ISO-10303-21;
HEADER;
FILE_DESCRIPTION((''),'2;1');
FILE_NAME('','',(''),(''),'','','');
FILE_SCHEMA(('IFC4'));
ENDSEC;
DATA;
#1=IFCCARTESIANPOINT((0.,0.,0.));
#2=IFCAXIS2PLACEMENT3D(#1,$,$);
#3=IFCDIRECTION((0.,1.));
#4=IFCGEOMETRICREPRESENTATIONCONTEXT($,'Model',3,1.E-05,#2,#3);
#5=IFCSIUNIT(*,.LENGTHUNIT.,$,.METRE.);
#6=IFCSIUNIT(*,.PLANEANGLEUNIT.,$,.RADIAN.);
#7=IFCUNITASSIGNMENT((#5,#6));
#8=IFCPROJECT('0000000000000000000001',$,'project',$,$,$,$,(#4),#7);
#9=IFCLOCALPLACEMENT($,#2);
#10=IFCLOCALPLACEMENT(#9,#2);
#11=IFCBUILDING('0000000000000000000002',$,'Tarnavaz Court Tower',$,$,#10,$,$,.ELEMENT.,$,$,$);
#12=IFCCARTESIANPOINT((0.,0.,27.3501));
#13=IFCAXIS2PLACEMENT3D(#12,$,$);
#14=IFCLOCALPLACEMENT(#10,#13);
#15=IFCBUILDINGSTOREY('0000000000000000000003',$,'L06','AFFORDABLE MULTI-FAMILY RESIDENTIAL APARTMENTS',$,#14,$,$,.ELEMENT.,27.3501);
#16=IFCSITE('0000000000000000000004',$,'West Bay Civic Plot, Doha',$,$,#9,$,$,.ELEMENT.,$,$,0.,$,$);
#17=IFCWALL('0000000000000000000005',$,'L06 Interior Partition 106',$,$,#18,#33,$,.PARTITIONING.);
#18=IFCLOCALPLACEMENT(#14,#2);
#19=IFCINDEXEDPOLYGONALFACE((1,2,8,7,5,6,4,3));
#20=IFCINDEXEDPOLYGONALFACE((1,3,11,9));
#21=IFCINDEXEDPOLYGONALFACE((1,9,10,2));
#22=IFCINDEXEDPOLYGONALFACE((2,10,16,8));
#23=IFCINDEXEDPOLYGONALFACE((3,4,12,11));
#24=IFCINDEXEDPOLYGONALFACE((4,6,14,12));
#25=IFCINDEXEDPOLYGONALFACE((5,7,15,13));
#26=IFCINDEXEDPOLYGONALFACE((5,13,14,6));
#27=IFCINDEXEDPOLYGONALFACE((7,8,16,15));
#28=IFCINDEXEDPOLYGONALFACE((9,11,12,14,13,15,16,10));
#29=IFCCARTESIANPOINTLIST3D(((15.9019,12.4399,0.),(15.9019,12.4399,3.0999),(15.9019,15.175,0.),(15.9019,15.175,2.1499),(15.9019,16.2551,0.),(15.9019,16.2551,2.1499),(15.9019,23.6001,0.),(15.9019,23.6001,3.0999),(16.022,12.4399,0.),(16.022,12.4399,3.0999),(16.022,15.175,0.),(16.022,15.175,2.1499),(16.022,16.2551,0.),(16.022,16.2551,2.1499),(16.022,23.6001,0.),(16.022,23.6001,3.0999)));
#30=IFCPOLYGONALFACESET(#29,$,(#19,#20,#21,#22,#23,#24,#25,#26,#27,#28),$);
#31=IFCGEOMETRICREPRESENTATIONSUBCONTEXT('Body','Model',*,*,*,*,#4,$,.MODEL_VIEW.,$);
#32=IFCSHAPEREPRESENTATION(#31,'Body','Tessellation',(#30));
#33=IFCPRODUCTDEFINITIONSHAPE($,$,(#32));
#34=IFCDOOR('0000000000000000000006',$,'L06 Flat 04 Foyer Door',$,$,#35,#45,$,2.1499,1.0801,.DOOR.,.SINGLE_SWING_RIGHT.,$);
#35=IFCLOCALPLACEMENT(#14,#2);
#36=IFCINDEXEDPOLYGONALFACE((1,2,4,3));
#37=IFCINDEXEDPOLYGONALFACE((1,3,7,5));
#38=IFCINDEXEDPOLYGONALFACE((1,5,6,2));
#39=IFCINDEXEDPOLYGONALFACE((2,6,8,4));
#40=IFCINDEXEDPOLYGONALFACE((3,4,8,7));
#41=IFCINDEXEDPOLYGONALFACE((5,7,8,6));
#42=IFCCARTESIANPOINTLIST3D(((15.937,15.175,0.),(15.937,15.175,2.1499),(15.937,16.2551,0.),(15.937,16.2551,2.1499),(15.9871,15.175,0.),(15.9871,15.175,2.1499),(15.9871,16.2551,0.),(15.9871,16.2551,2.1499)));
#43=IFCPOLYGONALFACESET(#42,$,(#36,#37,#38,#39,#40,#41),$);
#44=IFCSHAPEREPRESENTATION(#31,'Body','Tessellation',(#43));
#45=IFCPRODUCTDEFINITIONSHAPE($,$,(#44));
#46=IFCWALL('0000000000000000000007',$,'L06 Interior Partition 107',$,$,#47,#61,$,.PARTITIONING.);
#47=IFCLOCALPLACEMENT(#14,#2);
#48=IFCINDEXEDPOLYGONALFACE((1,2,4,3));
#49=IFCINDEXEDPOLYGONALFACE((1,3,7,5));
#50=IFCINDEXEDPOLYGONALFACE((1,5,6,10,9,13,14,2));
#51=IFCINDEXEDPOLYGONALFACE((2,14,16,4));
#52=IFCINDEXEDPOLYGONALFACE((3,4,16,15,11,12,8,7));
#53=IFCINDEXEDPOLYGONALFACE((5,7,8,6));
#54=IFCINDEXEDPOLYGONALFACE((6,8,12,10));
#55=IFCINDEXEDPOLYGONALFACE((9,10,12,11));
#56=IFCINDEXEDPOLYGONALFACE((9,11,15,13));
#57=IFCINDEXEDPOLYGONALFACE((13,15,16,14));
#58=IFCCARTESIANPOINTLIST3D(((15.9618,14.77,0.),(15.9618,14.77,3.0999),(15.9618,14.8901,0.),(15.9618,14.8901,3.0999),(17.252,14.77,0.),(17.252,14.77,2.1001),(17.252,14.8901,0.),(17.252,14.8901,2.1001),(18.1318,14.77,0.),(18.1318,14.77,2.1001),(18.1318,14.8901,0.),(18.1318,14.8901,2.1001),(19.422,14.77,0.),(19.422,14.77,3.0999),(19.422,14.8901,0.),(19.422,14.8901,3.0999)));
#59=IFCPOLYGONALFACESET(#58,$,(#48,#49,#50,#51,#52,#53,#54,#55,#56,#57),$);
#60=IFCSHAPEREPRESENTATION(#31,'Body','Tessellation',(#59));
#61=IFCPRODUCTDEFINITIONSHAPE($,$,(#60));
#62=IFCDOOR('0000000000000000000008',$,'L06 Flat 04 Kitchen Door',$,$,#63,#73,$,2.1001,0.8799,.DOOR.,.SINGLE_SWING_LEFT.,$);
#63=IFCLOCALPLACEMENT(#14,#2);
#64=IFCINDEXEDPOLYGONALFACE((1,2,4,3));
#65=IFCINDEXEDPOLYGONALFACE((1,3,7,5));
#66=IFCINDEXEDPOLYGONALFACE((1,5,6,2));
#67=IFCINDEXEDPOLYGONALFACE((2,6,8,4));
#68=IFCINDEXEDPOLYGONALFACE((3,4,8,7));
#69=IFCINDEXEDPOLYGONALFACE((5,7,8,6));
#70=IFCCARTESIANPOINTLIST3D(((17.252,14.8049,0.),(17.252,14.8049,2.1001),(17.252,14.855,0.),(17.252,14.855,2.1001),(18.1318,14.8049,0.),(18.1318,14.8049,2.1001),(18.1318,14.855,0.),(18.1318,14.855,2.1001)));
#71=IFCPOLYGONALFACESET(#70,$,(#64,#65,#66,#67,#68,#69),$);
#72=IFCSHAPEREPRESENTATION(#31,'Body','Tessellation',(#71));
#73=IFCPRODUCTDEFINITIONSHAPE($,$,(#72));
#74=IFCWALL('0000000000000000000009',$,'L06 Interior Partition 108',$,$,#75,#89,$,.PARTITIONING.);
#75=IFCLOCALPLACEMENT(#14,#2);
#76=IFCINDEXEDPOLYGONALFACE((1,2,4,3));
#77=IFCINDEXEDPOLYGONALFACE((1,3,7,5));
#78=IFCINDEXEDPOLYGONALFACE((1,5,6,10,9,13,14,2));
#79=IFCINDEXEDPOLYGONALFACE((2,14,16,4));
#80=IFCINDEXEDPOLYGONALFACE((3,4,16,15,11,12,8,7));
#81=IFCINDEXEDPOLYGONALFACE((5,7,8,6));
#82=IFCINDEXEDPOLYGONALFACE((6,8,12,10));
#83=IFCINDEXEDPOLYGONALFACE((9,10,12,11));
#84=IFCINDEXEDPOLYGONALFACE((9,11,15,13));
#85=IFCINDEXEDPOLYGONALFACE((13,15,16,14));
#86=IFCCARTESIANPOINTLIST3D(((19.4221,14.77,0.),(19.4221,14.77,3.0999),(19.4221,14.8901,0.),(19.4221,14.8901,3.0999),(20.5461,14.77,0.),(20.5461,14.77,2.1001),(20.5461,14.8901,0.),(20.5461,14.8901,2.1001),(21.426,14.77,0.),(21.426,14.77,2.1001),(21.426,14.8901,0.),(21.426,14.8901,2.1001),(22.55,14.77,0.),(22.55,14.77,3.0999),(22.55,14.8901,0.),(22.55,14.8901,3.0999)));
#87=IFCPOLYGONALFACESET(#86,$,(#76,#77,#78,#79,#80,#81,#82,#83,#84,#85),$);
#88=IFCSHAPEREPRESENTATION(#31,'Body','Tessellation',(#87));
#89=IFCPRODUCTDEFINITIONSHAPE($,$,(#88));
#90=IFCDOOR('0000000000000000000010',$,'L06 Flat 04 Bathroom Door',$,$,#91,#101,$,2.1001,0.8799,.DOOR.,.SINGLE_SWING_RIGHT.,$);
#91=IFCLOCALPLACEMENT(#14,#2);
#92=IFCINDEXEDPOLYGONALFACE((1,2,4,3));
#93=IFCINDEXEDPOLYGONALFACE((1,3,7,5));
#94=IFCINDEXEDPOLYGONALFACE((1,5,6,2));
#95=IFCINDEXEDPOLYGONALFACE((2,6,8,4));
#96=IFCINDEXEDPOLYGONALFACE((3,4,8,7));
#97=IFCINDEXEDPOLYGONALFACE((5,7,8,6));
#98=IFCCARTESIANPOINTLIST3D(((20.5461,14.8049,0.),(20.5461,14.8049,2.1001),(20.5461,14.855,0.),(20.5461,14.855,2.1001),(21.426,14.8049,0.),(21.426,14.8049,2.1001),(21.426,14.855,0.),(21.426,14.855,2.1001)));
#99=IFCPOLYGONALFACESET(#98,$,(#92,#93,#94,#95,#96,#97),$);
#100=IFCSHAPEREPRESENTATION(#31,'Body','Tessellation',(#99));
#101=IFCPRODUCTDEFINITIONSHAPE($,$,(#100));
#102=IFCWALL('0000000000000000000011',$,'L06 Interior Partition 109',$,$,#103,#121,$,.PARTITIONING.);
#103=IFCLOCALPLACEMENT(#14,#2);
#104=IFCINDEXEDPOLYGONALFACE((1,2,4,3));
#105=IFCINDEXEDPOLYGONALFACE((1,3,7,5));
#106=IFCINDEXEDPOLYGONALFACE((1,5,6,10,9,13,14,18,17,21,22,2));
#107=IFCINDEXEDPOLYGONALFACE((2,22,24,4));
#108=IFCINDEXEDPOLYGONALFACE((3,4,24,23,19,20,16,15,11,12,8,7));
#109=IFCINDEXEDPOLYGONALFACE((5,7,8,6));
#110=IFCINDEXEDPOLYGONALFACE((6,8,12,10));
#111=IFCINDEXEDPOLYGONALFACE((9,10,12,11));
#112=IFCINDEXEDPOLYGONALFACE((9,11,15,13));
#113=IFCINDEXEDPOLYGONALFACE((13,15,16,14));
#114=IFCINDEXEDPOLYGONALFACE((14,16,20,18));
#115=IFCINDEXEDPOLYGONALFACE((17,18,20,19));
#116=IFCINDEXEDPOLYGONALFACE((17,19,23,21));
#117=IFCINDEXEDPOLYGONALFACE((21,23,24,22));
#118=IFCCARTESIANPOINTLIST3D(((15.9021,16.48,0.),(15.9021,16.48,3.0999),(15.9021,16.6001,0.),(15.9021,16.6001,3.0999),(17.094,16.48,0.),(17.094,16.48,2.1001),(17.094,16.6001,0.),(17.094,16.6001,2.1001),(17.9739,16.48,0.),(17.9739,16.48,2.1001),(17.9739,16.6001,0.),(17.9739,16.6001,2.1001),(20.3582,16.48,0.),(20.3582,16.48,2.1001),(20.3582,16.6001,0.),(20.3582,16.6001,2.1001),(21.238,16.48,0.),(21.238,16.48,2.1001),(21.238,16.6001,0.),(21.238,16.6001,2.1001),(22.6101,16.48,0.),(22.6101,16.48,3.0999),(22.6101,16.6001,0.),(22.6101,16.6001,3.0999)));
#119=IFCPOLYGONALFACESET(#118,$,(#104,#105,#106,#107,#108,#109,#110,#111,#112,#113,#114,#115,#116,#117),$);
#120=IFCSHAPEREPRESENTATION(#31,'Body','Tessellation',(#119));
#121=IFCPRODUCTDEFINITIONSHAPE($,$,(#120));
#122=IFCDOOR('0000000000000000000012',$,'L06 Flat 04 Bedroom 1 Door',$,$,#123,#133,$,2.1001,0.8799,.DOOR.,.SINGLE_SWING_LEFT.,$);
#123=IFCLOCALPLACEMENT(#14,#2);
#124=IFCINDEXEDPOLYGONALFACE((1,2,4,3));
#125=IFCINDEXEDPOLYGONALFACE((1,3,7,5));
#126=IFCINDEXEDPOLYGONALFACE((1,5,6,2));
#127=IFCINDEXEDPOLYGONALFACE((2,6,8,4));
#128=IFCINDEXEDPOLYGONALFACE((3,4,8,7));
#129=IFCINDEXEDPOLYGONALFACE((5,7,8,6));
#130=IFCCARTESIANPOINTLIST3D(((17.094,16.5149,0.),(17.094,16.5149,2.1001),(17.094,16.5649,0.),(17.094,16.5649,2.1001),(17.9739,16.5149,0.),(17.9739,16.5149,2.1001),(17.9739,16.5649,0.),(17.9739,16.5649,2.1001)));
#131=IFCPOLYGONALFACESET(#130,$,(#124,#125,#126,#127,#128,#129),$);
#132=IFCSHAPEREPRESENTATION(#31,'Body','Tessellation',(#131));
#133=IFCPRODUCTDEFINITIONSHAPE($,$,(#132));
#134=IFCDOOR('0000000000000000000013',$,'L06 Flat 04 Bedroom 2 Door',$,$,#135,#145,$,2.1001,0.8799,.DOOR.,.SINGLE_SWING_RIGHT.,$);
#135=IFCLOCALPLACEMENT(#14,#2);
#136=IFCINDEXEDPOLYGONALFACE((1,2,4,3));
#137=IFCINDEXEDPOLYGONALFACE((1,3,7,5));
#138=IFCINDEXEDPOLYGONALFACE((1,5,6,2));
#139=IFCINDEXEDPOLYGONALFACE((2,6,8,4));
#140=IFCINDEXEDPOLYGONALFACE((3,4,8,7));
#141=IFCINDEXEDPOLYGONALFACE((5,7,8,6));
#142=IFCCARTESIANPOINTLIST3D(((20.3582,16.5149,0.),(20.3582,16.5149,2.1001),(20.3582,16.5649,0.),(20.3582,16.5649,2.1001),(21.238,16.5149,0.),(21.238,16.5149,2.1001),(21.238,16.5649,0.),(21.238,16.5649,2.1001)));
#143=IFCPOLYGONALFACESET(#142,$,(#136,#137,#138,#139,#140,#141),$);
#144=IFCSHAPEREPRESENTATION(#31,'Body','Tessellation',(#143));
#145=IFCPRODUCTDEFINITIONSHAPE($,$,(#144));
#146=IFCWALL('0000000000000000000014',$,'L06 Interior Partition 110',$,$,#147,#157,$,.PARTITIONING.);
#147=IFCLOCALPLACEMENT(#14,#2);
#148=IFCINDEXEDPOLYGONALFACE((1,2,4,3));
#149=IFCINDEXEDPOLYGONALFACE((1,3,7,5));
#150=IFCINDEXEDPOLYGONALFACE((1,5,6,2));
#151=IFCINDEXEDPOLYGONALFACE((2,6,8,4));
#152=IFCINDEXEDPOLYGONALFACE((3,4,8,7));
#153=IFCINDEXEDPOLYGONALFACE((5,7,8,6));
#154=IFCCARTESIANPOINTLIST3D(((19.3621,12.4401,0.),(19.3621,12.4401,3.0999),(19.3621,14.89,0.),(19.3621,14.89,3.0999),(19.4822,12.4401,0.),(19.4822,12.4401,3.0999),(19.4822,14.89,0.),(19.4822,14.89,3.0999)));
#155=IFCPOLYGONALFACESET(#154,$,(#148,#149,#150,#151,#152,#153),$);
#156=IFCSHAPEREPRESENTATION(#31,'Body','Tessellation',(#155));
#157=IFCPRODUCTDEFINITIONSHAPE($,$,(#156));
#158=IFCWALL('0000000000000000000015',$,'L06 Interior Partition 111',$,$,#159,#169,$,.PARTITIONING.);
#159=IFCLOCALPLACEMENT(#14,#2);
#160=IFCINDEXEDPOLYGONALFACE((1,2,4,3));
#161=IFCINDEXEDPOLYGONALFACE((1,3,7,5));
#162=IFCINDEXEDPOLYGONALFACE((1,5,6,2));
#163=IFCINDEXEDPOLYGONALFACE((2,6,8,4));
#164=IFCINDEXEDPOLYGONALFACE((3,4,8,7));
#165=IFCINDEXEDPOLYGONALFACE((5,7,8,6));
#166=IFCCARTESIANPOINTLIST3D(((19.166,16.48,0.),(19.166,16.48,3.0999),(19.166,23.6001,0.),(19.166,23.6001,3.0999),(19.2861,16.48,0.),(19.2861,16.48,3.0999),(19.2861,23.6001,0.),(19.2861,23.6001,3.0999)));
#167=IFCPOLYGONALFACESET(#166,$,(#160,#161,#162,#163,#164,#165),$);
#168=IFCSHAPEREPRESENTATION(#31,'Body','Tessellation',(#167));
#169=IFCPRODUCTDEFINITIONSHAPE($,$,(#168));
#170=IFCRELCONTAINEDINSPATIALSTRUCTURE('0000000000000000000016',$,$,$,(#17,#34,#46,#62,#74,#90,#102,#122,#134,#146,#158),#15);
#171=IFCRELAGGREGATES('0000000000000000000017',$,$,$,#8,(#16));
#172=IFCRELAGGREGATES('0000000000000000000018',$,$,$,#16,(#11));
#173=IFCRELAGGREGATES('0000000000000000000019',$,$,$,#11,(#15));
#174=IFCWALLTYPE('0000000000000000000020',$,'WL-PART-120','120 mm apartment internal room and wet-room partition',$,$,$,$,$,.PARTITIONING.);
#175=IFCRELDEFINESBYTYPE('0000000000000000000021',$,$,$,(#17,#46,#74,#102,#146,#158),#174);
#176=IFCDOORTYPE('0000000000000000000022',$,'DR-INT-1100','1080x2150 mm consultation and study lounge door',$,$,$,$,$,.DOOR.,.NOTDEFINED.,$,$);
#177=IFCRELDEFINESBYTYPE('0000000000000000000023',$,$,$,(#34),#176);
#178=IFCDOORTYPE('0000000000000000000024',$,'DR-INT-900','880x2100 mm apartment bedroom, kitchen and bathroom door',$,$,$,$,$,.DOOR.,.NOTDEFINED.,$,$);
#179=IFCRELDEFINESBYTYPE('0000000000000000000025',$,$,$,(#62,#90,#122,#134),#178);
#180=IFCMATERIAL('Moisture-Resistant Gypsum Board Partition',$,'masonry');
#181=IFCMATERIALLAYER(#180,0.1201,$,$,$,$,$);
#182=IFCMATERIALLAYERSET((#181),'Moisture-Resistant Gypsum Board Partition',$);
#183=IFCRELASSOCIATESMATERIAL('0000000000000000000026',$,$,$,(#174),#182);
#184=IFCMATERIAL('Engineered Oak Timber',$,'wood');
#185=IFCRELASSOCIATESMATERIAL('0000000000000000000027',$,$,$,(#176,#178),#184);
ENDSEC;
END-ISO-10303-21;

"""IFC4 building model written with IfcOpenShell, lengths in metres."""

from ifc_helpers import new_model, si_unit, direction, frame, frame_2d, origin, place, context, subcontext, project, spatial, rectangle, extrude, material, layer, layer_set, type_object, element, fill, save


model = new_model("IFC4")

# Units and contexts
model_context = context("Model", 3, precision=1e-05, world=origin(), true_north=direction((0.0, 1.0)))
body_context = subcontext(model_context, "Body", "Model", "MODEL_VIEW")
ifc_project = project(units=[si_unit("LENGTHUNIT", "METRE"), si_unit("PLANEANGLEUNIT", "RADIAN")], contexts=[model_context])

# Site, building, storey
site_placement = place(None, origin())
site = spatial("IfcSite", under=ifc_project, at=site_placement, Name="West Bay Civic Plot, Doha", CompositionType="ELEMENT", RefElevation=0.0)
building_placement = place(site_placement, origin())
building = spatial("IfcBuilding", under=site, at=building_placement, Name="Tarnavaz Court Tower", CompositionType="ELEMENT")
storey_placement = place(building_placement, frame((0.0, 0.0, 27.3501)))
storey = spatial("IfcBuildingStorey", under=building, at=storey_placement, Name="L06", Description="AFFORDABLE MULTI-FAMILY RESIDENTIAL APARTMENTS", CompositionType="ELEMENT", Elevation=27.3501)

# Walls, openings, doors
ifc_material_1 = material(Name="Moisture-Resistant Gypsum Board Partition", Category="masonry")
ifc_layer_1 = layer(ifc_material_1, 0.1201)
ifc_layer_set_1 = layer_set([ifc_layer_1], Name="Moisture-Resistant Gypsum Board Partition")
wall_type_1 = type_object("IfcWallType", Name="WL-PART-120", Description="120 mm apartment internal room and wet-room partition", PredefinedType="PARTITIONING", material=ifc_layer_set_1)
wall_1_placement = place(storey_placement, frame((15.9619, 12.4399, 0.0), z_axis=(0.0, 0.0, 1.0), x_axis=(0.0, 1.0, 0.0)))
wall_1 = element("IfcWall", 1, at=wall_1_placement, inside=storey, type_object=wall_type_1, Name="L06 Interior Partition 106", PredefinedType="PARTITIONING", context=body_context, shape_type="SweptSolid", body=[
    extrude(rectangle(XDim=11.1602, YDim=0.1201, at=frame_2d((5.5801, 0.0))), origin(), (0.0, 0.0, 1.0), 3.0999),
])
opening_1_placement = place(wall_1_placement, frame((2.7351, 0.0, 0.0)))
opening_1 = element("IfcOpeningElement", 2, at=opening_1_placement, cuts=wall_1, PredefinedType="OPENING", context=body_context, shape_type="SweptSolid", body=[
    extrude(rectangle(XDim=1.0801, YDim=2.1499, at=frame_2d((0.54, 1.075))), frame((0.0, 0.0701, 0.0), z_axis=(0.0, -1.0, 0.0), x_axis=(1.0, 0.0, 0.0)), (0.0, 0.0, 1.0), 0.1401),
])
ifc_material_2 = material(Name="Engineered Oak Timber", Category="wood")
door_type_1 = type_object("IfcDoorType", Name="DR-INT-1100", Description="1080x2150 mm consultation and study lounge door", OperationType="NOTDEFINED", PredefinedType="DOOR", material=ifc_material_2)
door_1_placement = place(opening_1_placement, origin())
door_1 = element("IfcDoor", 3, at=door_1_placement, inside=storey, type_object=door_type_1, Name="L06 Flat 04 Foyer Door", OperationType="SINGLE_SWING_RIGHT", OverallHeight=2.1499, OverallWidth=1.0801, PredefinedType="DOOR", context=body_context, shape_type="SweptSolid", body=[
    extrude(rectangle(XDim=1.0801, YDim=2.1499, at=frame_2d((0.54, 1.075))), frame((0.0, 0.0249, 0.0), z_axis=(0.0, -1.0, 0.0), x_axis=(1.0, 0.0, 0.0)), (0.0, 0.0, 1.0), 0.05),
])
fill(opening_1, door_1)
wall_2_placement = place(storey_placement, frame((15.9619, 14.8301, 0.0), z_axis=(0.0, 0.0, 1.0), x_axis=(1.0, 0.0, 0.0)))
wall_2 = element("IfcWall", 4, at=wall_2_placement, inside=storey, type_object=wall_type_1, Name="L06 Interior Partition 107", PredefinedType="PARTITIONING", context=body_context, shape_type="SweptSolid", body=[
    extrude(rectangle(XDim=3.4602, YDim=0.1201, at=frame_2d((1.73, 0.0))), origin(), (0.0, 0.0, 1.0), 3.0999),
])
opening_2_placement = place(wall_2_placement, frame((1.29, 0.0, 0.0)))
opening_2 = element("IfcOpeningElement", 5, at=opening_2_placement, cuts=wall_2, PredefinedType="OPENING", context=body_context, shape_type="SweptSolid", body=[
    extrude(rectangle(XDim=0.8799, YDim=2.1001, at=frame_2d((0.4399, 1.05))), frame((0.0, 0.0701, 0.0), z_axis=(0.0, -1.0, 0.0), x_axis=(1.0, 0.0, 0.0)), (0.0, 0.0, 1.0), 0.1401),
])
door_type_2 = type_object("IfcDoorType", Name="DR-INT-900", Description="880x2100 mm apartment bedroom, kitchen and bathroom door", OperationType="NOTDEFINED", PredefinedType="DOOR", material=ifc_material_2)
door_2_placement = place(opening_2_placement, origin())
door_2 = element("IfcDoor", 6, at=door_2_placement, inside=storey, type_object=door_type_2, Name="L06 Flat 04 Kitchen Door", OperationType="SINGLE_SWING_LEFT", OverallHeight=2.1001, OverallWidth=0.8799, PredefinedType="DOOR", context=body_context, shape_type="SweptSolid", body=[
    extrude(rectangle(XDim=0.8799, YDim=2.1001, at=frame_2d((0.4399, 1.05))), frame((0.0, 0.0249, 0.0), z_axis=(0.0, -1.0, 0.0), x_axis=(1.0, 0.0, 0.0)), (0.0, 0.0, 1.0), 0.05),
])
fill(opening_2, door_2)
wall_3_placement = place(storey_placement, frame((19.4221, 14.8301, 0.0), z_axis=(0.0, 0.0, 1.0), x_axis=(1.0, 0.0, 0.0)))
wall_3 = element("IfcWall", 7, at=wall_3_placement, inside=storey, type_object=wall_type_1, Name="L06 Interior Partition 108", PredefinedType="PARTITIONING", context=body_context, shape_type="SweptSolid", body=[
    extrude(rectangle(XDim=3.1279, YDim=0.1201, at=frame_2d((1.564, 0.0))), origin(), (0.0, 0.0, 1.0), 3.0999),
])
opening_3_placement = place(wall_3_placement, frame((1.124, 0.0, 0.0)))
opening_3 = element("IfcOpeningElement", 8, at=opening_3_placement, cuts=wall_3, PredefinedType="OPENING", context=body_context, shape_type="SweptSolid", body=[
    extrude(rectangle(XDim=0.8799, YDim=2.1001, at=frame_2d((0.4399, 1.05))), frame((0.0, 0.0701, 0.0), z_axis=(0.0, -1.0, 0.0), x_axis=(1.0, 0.0, 0.0)), (0.0, 0.0, 1.0), 0.1401),
])
door_3_placement = place(opening_3_placement, origin())
door_3 = element("IfcDoor", 9, at=door_3_placement, inside=storey, type_object=door_type_2, Name="L06 Flat 04 Bathroom Door", OperationType="SINGLE_SWING_RIGHT", OverallHeight=2.1001, OverallWidth=0.8799, PredefinedType="DOOR", context=body_context, shape_type="SweptSolid", body=[
    extrude(rectangle(XDim=0.8799, YDim=2.1001, at=frame_2d((0.4399, 1.05))), frame((0.0, 0.0249, 0.0), z_axis=(0.0, -1.0, 0.0), x_axis=(1.0, 0.0, 0.0)), (0.0, 0.0, 1.0), 0.05),
])
fill(opening_3, door_3)

# Wall, openings, doors
wall_4_placement = place(storey_placement, frame((15.9021, 16.54, 0.0), z_axis=(0.0, 0.0, 1.0), x_axis=(1.0, 0.0, 0.0)))
wall_4 = element("IfcWall", 10, at=wall_4_placement, inside=storey, type_object=wall_type_1, Name="L06 Interior Partition 109", PredefinedType="PARTITIONING", context=body_context, shape_type="SweptSolid", body=[
    extrude(rectangle(XDim=6.708, YDim=0.1201, at=frame_2d((3.354, 0.0))), origin(), (0.0, 0.0, 1.0), 3.0999),
])
opening_4_placement = place(wall_4_placement, frame((1.1919, 0.0, 0.0)))
opening_4 = element("IfcOpeningElement", 11, at=opening_4_placement, cuts=wall_4, PredefinedType="OPENING", context=body_context, shape_type="SweptSolid", body=[
    extrude(rectangle(XDim=0.8799, YDim=2.1001, at=frame_2d((0.4399, 1.05))), frame((0.0, 0.0701, 0.0), z_axis=(0.0, -1.0, 0.0), x_axis=(1.0, 0.0, 0.0)), (0.0, 0.0, 1.0), 0.1401),
])
opening_5_placement = place(wall_4_placement, frame((4.4561, 0.0, 0.0)))
opening_5 = element("IfcOpeningElement", 12, at=opening_5_placement, cuts=wall_4, PredefinedType="OPENING", context=body_context, shape_type="SweptSolid", body=[
    extrude(rectangle(XDim=0.8799, YDim=2.1001, at=frame_2d((0.4399, 1.05))), frame((0.0, 0.0701, 0.0), z_axis=(0.0, -1.0, 0.0), x_axis=(1.0, 0.0, 0.0)), (0.0, 0.0, 1.0), 0.1401),
])
door_4_placement = place(opening_4_placement, origin())
door_4 = element("IfcDoor", 13, at=door_4_placement, inside=storey, type_object=door_type_2, Name="L06 Flat 04 Bedroom 1 Door", OperationType="SINGLE_SWING_LEFT", OverallHeight=2.1001, OverallWidth=0.8799, PredefinedType="DOOR", context=body_context, shape_type="SweptSolid", body=[
    extrude(rectangle(XDim=0.8799, YDim=2.1001, at=frame_2d((0.4399, 1.05))), frame((0.0, 0.0249, 0.0), z_axis=(0.0, -1.0, 0.0), x_axis=(1.0, 0.0, 0.0)), (0.0, 0.0, 1.0), 0.05),
])
fill(opening_4, door_4)
door_5_placement = place(opening_5_placement, origin())
door_5 = element("IfcDoor", 14, at=door_5_placement, inside=storey, type_object=door_type_2, Name="L06 Flat 04 Bedroom 2 Door", OperationType="SINGLE_SWING_RIGHT", OverallHeight=2.1001, OverallWidth=0.8799, PredefinedType="DOOR", context=body_context, shape_type="SweptSolid", body=[
    extrude(rectangle(XDim=0.8799, YDim=2.1001, at=frame_2d((0.4399, 1.05))), frame((0.0, 0.0249, 0.0), z_axis=(0.0, -1.0, 0.0), x_axis=(1.0, 0.0, 0.0)), (0.0, 0.0, 1.0), 0.05),
])
fill(opening_5, door_5)

# Walls
wall_5_placement = place(storey_placement, frame((19.4221, 12.4399, 0.0), z_axis=(0.0, 0.0, 1.0), x_axis=(0.0, 1.0, 0.0)))
element("IfcWall", 15, at=wall_5_placement, inside=storey, type_object=wall_type_1, Name="L06 Interior Partition 110", PredefinedType="PARTITIONING", context=body_context, shape_type="SweptSolid", body=[
    extrude(rectangle(XDim=2.45, YDim=0.1201, at=frame_2d((1.2251, 0.0))), origin(), (0.0, 0.0, 1.0), 3.0999),
])
wall_6_placement = place(storey_placement, frame((19.2261, 16.48, 0.0), z_axis=(0.0, 0.0, 1.0), x_axis=(0.0, 1.0, 0.0)))
element("IfcWall", 16, at=wall_6_placement, inside=storey, type_object=wall_type_1, Name="L06 Interior Partition 111", PredefinedType="PARTITIONING", context=body_context, shape_type="SweptSolid", body=[
    extrude(rectangle(XDim=7.1201, YDim=0.1201, at=frame_2d((3.5601, 0.0))), origin(), (0.0, 0.0, 1.0), 3.0999),
])

save(model, "model.ifc")
